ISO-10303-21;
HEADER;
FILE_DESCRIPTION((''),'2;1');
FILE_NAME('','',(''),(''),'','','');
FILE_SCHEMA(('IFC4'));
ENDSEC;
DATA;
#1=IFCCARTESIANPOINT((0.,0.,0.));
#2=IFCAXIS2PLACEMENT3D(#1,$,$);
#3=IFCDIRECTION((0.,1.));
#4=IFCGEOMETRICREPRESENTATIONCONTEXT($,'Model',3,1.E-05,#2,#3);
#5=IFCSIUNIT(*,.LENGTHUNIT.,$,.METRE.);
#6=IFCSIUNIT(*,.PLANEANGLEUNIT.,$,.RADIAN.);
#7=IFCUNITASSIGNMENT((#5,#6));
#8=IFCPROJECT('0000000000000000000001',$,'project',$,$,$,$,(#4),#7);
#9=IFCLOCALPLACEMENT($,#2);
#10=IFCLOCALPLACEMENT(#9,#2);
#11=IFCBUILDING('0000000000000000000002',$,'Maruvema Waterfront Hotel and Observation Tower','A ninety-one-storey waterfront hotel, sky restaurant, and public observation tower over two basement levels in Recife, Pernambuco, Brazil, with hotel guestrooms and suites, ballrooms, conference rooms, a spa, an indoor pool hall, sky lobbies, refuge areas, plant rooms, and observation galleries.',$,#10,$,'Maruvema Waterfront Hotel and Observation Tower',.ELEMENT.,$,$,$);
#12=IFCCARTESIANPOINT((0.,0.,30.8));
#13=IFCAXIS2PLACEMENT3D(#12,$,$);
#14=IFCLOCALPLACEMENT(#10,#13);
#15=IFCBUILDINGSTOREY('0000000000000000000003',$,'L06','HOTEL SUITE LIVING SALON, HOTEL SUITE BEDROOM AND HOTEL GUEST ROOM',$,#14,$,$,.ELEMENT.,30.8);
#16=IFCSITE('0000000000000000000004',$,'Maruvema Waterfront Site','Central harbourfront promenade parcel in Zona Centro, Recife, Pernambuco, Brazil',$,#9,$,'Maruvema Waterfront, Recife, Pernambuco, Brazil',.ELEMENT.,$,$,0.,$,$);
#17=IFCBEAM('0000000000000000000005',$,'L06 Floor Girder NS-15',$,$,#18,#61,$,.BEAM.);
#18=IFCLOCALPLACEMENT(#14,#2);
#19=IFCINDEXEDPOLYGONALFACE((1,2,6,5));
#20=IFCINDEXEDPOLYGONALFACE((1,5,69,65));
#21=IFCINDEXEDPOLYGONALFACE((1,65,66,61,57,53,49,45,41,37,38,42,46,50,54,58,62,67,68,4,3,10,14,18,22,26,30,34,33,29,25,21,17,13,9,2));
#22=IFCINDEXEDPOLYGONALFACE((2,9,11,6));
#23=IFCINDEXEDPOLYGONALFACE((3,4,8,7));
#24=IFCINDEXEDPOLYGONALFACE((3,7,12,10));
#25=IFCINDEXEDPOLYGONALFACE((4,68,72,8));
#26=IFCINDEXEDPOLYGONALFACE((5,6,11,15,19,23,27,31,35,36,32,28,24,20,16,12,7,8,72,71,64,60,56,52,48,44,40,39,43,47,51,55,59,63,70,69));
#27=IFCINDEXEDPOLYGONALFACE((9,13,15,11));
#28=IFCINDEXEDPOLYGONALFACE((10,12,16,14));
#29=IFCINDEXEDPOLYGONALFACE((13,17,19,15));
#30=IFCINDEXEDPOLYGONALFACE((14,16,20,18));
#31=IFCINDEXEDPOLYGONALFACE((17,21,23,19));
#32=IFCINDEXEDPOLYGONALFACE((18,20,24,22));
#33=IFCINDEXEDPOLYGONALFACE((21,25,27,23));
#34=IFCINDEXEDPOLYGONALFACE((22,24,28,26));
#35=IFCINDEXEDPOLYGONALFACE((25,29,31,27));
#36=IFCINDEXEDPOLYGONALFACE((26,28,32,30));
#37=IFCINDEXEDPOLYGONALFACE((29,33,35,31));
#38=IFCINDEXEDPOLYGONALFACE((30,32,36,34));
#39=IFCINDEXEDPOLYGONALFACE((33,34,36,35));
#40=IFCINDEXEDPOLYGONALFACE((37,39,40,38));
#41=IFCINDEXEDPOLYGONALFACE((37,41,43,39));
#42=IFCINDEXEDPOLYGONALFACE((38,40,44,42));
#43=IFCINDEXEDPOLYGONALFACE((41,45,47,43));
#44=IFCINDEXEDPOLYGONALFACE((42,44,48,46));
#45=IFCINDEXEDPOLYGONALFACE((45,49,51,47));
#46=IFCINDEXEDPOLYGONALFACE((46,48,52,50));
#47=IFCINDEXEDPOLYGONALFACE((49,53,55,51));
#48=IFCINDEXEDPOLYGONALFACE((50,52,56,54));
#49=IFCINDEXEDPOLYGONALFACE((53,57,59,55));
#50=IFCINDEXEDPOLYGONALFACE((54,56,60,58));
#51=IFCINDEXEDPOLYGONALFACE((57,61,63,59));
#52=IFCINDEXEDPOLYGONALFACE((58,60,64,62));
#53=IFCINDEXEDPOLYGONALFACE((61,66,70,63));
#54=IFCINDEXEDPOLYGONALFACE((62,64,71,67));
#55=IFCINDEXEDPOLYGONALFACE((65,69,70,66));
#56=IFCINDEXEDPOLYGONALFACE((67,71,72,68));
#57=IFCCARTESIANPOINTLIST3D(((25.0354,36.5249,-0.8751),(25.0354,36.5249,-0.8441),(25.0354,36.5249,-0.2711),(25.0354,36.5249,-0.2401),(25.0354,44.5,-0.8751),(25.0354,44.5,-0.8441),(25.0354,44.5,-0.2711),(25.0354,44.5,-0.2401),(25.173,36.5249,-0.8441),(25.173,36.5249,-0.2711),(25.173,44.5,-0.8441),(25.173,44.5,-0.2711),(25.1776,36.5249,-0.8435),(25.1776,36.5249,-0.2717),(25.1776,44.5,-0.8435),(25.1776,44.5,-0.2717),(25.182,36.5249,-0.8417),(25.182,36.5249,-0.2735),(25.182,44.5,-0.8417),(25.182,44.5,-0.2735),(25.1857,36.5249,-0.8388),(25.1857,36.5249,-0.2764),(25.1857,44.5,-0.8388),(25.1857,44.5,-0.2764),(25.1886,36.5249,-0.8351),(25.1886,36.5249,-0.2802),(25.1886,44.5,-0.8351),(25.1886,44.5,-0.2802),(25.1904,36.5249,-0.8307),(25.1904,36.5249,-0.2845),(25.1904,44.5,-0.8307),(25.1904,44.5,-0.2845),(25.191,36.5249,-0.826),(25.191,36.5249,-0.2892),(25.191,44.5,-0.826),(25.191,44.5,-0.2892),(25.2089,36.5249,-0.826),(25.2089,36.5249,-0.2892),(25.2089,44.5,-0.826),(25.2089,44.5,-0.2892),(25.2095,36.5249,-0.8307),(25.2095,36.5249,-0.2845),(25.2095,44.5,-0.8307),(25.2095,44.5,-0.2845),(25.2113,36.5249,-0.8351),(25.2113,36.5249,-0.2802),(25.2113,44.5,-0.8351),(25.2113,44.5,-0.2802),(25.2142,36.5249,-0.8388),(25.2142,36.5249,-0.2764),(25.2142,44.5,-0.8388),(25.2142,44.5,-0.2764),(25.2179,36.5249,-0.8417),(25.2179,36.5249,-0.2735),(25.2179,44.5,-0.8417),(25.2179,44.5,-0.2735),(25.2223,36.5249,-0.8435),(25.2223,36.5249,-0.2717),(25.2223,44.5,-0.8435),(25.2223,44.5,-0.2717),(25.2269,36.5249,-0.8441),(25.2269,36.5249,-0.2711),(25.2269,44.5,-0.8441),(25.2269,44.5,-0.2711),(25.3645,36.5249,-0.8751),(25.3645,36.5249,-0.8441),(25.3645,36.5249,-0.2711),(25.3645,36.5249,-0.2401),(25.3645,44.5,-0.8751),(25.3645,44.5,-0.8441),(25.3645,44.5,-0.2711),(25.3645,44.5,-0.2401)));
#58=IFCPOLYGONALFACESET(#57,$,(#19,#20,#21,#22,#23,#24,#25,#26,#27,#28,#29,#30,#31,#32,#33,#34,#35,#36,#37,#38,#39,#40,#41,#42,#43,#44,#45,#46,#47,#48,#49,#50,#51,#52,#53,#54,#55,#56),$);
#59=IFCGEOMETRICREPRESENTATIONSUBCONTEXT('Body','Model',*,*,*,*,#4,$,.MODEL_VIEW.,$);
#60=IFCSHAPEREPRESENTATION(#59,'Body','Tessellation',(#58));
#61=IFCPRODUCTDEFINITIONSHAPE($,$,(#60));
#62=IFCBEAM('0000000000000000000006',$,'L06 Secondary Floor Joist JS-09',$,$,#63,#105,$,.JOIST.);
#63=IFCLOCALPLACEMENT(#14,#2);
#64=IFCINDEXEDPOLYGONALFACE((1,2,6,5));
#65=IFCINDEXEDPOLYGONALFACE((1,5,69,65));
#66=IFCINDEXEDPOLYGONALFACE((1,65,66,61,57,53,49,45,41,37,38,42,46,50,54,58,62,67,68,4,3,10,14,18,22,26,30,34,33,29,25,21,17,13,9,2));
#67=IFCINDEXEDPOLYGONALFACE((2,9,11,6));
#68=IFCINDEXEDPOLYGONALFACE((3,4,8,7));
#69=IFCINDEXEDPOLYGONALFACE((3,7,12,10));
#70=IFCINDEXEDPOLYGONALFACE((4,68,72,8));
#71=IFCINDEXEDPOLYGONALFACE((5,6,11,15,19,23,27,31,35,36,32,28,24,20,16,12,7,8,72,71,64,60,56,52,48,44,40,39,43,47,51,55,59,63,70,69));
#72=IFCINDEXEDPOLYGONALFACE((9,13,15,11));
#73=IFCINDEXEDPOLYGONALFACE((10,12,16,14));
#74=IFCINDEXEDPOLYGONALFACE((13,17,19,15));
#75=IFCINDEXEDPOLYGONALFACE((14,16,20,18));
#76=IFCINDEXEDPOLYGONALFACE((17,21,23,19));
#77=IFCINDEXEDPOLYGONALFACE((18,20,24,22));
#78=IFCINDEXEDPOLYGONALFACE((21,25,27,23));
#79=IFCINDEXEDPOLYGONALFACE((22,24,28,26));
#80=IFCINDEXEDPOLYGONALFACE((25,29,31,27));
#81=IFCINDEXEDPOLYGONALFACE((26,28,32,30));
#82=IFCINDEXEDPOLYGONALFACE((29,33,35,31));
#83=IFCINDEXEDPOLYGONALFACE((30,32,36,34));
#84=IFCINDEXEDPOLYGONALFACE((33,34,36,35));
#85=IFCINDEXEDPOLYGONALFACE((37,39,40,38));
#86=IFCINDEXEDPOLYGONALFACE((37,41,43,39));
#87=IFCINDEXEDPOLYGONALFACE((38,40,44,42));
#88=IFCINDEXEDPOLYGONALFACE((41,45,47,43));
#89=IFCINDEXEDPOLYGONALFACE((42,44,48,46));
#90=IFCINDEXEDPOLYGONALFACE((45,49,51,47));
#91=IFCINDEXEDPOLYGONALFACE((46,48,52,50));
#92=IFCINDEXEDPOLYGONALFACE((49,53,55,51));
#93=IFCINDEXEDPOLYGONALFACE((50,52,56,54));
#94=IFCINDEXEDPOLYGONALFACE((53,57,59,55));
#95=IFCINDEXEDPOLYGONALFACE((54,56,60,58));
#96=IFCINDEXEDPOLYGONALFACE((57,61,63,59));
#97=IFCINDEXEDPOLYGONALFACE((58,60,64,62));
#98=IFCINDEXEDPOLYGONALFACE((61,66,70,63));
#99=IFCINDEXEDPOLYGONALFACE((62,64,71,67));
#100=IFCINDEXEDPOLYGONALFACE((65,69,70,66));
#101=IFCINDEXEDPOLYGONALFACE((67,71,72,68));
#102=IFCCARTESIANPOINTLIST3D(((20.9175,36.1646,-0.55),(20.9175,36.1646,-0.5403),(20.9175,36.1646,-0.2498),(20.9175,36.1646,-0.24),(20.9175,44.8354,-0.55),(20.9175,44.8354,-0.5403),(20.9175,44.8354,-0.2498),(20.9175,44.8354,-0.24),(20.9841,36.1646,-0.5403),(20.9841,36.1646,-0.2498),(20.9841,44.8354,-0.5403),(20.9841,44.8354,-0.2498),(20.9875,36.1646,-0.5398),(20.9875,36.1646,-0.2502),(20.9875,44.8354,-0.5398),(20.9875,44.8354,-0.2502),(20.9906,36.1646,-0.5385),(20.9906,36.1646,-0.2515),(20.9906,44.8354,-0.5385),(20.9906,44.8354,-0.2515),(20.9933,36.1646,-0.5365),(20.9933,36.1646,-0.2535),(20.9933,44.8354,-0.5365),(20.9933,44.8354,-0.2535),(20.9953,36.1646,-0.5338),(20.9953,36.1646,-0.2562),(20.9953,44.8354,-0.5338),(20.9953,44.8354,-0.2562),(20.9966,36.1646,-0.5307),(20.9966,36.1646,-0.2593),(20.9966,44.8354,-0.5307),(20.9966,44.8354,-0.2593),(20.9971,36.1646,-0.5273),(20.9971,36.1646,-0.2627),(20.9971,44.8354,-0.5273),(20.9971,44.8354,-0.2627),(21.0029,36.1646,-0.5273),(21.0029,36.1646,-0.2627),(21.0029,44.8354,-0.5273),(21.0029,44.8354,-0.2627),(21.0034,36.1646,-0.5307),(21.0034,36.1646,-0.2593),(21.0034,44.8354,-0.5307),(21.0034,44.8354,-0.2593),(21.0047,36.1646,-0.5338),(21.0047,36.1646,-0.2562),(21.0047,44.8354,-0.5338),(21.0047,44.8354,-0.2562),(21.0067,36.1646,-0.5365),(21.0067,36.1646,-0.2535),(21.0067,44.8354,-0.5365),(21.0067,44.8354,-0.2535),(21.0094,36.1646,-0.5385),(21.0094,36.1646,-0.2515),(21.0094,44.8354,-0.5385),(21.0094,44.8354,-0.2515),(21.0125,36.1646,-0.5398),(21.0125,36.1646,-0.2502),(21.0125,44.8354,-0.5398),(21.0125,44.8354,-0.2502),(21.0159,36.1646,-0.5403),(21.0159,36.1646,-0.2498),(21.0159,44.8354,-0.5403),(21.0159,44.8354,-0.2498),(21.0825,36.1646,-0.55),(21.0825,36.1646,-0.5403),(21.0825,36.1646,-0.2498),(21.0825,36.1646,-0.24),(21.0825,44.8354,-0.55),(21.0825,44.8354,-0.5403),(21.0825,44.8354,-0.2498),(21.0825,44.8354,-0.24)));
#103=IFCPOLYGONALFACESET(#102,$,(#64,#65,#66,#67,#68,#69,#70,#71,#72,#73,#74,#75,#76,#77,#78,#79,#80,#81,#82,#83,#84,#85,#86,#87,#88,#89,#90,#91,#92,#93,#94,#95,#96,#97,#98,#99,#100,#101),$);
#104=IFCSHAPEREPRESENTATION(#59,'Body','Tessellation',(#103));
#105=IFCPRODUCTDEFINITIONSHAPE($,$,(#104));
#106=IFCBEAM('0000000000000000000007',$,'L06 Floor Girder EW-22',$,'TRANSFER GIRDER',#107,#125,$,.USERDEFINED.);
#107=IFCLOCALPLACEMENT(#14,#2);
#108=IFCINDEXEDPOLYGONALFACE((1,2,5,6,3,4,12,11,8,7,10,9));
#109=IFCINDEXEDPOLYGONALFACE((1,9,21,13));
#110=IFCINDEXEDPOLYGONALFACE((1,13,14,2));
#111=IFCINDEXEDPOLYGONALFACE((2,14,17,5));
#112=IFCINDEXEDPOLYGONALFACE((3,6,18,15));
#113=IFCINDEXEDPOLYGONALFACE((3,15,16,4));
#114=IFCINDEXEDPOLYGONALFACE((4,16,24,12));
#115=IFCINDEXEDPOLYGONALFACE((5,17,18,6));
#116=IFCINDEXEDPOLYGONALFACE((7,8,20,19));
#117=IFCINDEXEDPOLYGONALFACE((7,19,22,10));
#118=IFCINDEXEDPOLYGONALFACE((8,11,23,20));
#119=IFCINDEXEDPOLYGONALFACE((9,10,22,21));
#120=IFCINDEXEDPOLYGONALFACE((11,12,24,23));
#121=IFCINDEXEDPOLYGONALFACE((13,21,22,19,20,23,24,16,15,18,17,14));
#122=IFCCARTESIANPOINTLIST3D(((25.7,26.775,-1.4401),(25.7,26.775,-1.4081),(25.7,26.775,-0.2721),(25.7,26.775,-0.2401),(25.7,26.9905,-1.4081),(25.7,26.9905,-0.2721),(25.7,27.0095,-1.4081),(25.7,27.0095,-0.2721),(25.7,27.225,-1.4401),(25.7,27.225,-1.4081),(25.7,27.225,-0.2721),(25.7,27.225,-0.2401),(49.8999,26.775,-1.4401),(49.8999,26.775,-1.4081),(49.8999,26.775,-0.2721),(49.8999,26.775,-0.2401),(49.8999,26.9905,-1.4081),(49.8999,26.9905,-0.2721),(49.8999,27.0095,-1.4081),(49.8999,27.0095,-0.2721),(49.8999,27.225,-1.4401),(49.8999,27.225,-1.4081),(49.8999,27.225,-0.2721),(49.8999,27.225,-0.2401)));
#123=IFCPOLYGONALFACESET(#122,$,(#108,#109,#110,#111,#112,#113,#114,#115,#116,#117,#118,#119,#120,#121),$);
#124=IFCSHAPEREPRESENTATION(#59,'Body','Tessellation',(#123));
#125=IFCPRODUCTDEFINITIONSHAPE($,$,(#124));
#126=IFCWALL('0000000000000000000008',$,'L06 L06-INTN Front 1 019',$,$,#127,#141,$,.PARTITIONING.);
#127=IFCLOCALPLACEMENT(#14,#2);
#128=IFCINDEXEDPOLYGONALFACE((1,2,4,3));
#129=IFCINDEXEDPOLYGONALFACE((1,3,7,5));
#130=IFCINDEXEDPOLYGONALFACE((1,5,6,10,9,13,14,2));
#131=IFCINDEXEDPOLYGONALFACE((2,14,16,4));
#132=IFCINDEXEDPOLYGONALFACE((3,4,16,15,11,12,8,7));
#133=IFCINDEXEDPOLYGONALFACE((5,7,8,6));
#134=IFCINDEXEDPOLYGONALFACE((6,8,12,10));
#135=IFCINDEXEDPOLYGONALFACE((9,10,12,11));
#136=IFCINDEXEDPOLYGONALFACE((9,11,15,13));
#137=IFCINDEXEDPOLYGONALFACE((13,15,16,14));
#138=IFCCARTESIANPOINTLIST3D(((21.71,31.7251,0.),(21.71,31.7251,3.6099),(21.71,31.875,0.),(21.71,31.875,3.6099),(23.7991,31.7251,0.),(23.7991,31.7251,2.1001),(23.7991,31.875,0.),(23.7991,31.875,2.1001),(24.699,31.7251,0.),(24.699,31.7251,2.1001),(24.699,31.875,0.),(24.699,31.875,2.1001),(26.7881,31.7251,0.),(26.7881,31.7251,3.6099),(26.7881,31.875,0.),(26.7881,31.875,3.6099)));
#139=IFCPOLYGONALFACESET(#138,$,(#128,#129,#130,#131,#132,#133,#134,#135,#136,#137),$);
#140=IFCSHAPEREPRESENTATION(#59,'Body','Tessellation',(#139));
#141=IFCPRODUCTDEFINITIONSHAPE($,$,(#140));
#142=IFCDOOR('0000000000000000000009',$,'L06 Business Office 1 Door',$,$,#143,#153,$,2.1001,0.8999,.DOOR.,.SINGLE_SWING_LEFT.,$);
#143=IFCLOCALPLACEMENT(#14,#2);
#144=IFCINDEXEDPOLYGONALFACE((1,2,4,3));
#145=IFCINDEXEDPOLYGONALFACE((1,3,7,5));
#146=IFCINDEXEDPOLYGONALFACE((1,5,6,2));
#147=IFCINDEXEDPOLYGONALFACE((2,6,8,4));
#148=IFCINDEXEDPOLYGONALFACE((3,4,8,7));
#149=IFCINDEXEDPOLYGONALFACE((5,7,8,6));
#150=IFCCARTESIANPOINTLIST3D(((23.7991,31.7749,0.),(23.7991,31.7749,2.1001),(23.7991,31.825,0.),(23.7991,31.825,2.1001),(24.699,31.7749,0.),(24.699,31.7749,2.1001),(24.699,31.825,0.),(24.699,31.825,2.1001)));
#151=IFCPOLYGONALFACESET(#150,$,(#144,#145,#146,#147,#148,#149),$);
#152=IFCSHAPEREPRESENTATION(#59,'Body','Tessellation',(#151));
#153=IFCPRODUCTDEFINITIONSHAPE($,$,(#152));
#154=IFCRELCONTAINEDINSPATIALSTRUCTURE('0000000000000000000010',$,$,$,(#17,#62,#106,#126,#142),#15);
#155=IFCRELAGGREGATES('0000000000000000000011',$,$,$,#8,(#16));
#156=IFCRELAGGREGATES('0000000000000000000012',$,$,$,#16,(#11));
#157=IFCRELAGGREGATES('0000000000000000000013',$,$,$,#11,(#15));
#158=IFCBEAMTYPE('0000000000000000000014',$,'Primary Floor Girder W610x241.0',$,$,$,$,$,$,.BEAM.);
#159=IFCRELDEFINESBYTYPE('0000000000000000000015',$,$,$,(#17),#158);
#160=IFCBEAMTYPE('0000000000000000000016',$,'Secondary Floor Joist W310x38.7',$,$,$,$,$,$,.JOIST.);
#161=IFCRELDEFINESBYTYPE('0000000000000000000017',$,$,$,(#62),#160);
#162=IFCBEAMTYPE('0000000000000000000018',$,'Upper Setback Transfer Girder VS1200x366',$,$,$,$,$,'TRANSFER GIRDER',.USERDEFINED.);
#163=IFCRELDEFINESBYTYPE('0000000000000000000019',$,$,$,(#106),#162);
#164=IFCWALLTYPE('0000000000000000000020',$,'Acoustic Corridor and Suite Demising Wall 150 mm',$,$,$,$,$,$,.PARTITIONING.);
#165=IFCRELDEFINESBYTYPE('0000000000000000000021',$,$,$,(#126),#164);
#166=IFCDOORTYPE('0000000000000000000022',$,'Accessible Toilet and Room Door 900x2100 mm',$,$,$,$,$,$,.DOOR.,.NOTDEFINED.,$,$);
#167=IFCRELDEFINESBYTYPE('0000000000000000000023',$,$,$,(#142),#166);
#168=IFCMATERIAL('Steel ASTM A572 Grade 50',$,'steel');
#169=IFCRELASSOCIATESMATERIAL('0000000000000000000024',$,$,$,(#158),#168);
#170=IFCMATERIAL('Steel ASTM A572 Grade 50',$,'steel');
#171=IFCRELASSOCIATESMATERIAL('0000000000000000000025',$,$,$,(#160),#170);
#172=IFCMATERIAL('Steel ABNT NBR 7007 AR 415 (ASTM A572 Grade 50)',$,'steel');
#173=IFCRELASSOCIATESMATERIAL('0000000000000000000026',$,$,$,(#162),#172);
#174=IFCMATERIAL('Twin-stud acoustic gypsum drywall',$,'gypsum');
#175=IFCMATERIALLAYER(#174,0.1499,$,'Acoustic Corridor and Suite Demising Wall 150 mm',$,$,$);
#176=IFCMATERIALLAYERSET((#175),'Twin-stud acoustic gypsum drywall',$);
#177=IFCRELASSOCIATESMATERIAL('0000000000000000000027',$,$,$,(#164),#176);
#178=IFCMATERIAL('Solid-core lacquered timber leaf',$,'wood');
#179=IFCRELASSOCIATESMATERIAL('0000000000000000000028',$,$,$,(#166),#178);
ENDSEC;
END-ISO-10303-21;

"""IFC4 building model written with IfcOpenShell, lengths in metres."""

from ifc_helpers import new_model, si_unit, direction, frame, frame_2d, origin, origin_2d, place, context, subcontext, project, spatial, rectangle, i_section, extrude, material, layer, layer_set, material_profile, profile_set, type_object, element, fill, save


model = new_model("IFC4")

# Units and contexts
model_context = context("Model", 3, precision=1e-05, world=origin(), true_north=direction((0.0, 1.0)))
body_context = subcontext(model_context, "Body", "Model", "MODEL_VIEW")
ifc_project = project(units=[si_unit("LENGTHUNIT", "METRE"), si_unit("PLANEANGLEUNIT", "RADIAN")], contexts=[model_context])

# Site, building, storey
site_placement = place(None, origin())
site = spatial("IfcSite", under=ifc_project, at=site_placement, Name="Maruvema Waterfront Site", Description="Central harbourfront promenade parcel in Zona Centro, Recife, Pernambuco, Brazil", LongName="Maruvema Waterfront, Recife, Pernambuco, Brazil", CompositionType="ELEMENT", RefElevation=0.0)
building_placement = place(site_placement, origin())
building = spatial("IfcBuilding", under=site, at=building_placement, Name="Maruvema Waterfront Hotel and Observation Tower", Description="A ninety-one-storey waterfront hotel, sky restaurant, and public observation tower over two basement levels in Recife, Pernambuco, Brazil, with hotel guestrooms and suites, ballrooms, conference rooms, a spa, an indoor pool hall, sky lobbies, refuge areas, plant rooms, and observation galleries.", LongName="Maruvema Waterfront Hotel and Observation Tower", CompositionType="ELEMENT")
storey_placement = place(building_placement, frame((0.0, 0.0, 30.8)))
storey = spatial("IfcBuildingStorey", under=building, at=storey_placement, Name="L06", Description="HOTEL SUITE LIVING SALON, HOTEL SUITE BEDROOM AND HOTEL GUEST ROOM", CompositionType="ELEMENT", Elevation=30.8)

# Beams
ifc_material_1 = material(Name="Steel ASTM A572 Grade 50", Category="steel")
ifc_material_profile_1 = material_profile(ifc_material_1, i_section(OverallWidth=0.3291, OverallDepth=0.635, WebThickness=0.0178, FlangeThickness=0.031, FilletRadius=0.0181, at=origin_2d()), Name="W610x241.0")
ifc_profile_set_1 = profile_set([ifc_material_profile_1], Name="Steel ASTM A572 Grade 50")
beam_type_1 = type_object("IfcBeamType", Name="Primary Floor Girder W610x241.0", PredefinedType="BEAM", material=ifc_profile_set_1)
for number, where, z_axis, x_axis, name in (
    (1, (25.2, 36.5249, -0.5576), (0.0, 1.0, 0.0), (-1.0, 0.0, 0.0), "L06 Floor Girder NS-15"),
):
    element("IfcBeam", number, at=place(storey_placement, frame(where, z_axis=z_axis, x_axis=x_axis)), inside=storey, type_object=beam_type_1, Name=name, PredefinedType="BEAM", context=body_context, shape_type="SweptSolid", body=[
        extrude(i_section(OverallWidth=0.3291, OverallDepth=0.635, WebThickness=0.0178, FlangeThickness=0.031, FilletRadius=0.0181, at=origin_2d()), origin(), (0.0, 0.0, 1.0), 7.9751),
    ])
ifc_material_2 = material(Name="Steel ASTM A572 Grade 50", Category="steel")
ifc_material_profile_2 = material_profile(ifc_material_2, i_section(OverallWidth=0.165, OverallDepth=0.3101, WebThickness=0.0059, FlangeThickness=0.0098, FilletRadius=0.0129, at=origin_2d()), Name="W310x38.7")
ifc_profile_set_2 = profile_set([ifc_material_profile_2], Name="Steel ASTM A572 Grade 50")
beam_type_2 = type_object("IfcBeamType", Name="Secondary Floor Joist W310x38.7", PredefinedType="JOIST", material=ifc_profile_set_2)
beam_1_placement = place(storey_placement, frame((21.0, 36.1646, -0.395), z_axis=(0.0, 1.0, 0.0), x_axis=(-1.0, 0.0, 0.0)))
element("IfcBeam", 2, at=beam_1_placement, inside=storey, type_object=beam_type_2, Name="L06 Secondary Floor Joist JS-09", PredefinedType="JOIST", context=body_context, shape_type="SweptSolid", body=[
    extrude(i_section(OverallWidth=0.165, OverallDepth=0.3101, WebThickness=0.0059, FlangeThickness=0.0098, FilletRadius=0.0129, at=origin_2d()), origin(), (0.0, 0.0, 1.0), 8.6709),
])
ifc_material_3 = material(Name="Steel ABNT NBR 7007 AR 415 (ASTM A572 Grade 50)", Category="steel")
ifc_material_profile_3 = material_profile(ifc_material_3, i_section(OverallWidth=0.45, OverallDepth=1.2, WebThickness=0.019, FlangeThickness=0.032, at=origin_2d()), Name="VS1200x366")
ifc_profile_set_3 = profile_set([ifc_material_profile_3], Name="Steel ABNT NBR 7007 AR 415 (ASTM A572 Grade 50)")
beam_type_3 = type_object("IfcBeamType", Name="Upper Setback Transfer Girder VS1200x366", ElementType="TRANSFER GIRDER", PredefinedType="USERDEFINED", material=ifc_profile_set_3)
beam_2_placement = place(storey_placement, frame((25.7, 27.0, -0.8401), z_axis=(1.0, 0.0, 0.0), x_axis=(0.0, 1.0, 0.0)))
element("IfcBeam", 3, at=beam_2_placement, inside=storey, type_object=beam_type_3, Name="L06 Floor Girder EW-22", ObjectType="TRANSFER GIRDER", PredefinedType="USERDEFINED", context=body_context, shape_type="SweptSolid", body=[
    extrude(i_section(OverallWidth=0.45, OverallDepth=1.2, WebThickness=0.019, FlangeThickness=0.032, at=origin_2d()), origin(), (0.0, 0.0, 1.0), 24.2),
])

# Wall, opening, door
ifc_material_4 = material(Name="Twin-stud acoustic gypsum drywall", Category="gypsum")
ifc_layer_1 = layer(ifc_material_4, 0.1499, Name="Acoustic Corridor and Suite Demising Wall 150 mm")
ifc_layer_set_1 = layer_set([ifc_layer_1], Name="Twin-stud acoustic gypsum drywall")
wall_type_1 = type_object("IfcWallType", Name="Acoustic Corridor and Suite Demising Wall 150 mm", PredefinedType="PARTITIONING", material=ifc_layer_set_1)
wall_1_placement = place(storey_placement, frame((21.71, 31.8, 0.0), z_axis=(0.0, 0.0, 1.0), x_axis=(1.0, 0.0, 0.0)))
wall_1 = element("IfcWall", 4, at=wall_1_placement, inside=storey, type_object=wall_type_1, Name="L06 L06-INTN Front 1 019", PredefinedType="PARTITIONING", context=body_context, shape_type="SweptSolid", body=[
    extrude(rectangle(XDim=5.0781, YDim=0.1499, at=frame_2d((2.5391, 0.0))), origin(), (0.0, 0.0, 1.0), 3.6099),
])
opening_1_placement = place(wall_1_placement, frame((2.0891, 0.0, 0.0)))
opening_1 = element("IfcOpeningElement", 5, at=opening_1_placement, cuts=wall_1, PredefinedType="OPENING", context=body_context, shape_type="SweptSolid", body=[
    extrude(rectangle(XDim=0.8999, YDim=2.1001, at=frame_2d((0.45, 1.05))), frame((0.0, 0.085, 0.0), z_axis=(0.0, -1.0, 0.0), x_axis=(1.0, 0.0, 0.0)), (0.0, 0.0, 1.0), 0.1699),
])
ifc_material_5 = material(Name="Solid-core lacquered timber leaf", Category="wood")
door_type_1 = type_object("IfcDoorType", Name="Accessible Toilet and Room Door 900x2100 mm", OperationType="NOTDEFINED", PredefinedType="DOOR", material=ifc_material_5)
door_1_placement = place(opening_1_placement, origin())
door_1 = element("IfcDoor", 6, at=door_1_placement, inside=storey, type_object=door_type_1, Name="L06 Business Office 1 Door", OperationType="SINGLE_SWING_LEFT", OverallHeight=2.1001, OverallWidth=0.8999, PredefinedType="DOOR", context=body_context, shape_type="SweptSolid", body=[
    extrude(rectangle(XDim=0.8999, YDim=2.1001, at=frame_2d((0.45, 1.05))), frame((0.0, 0.0249, 0.0), z_axis=(0.0, -1.0, 0.0), x_axis=(1.0, 0.0, 0.0)), (0.0, 0.0, 1.0), 0.05),
])
fill(opening_1, door_1)

save(model, "model.ifc")
